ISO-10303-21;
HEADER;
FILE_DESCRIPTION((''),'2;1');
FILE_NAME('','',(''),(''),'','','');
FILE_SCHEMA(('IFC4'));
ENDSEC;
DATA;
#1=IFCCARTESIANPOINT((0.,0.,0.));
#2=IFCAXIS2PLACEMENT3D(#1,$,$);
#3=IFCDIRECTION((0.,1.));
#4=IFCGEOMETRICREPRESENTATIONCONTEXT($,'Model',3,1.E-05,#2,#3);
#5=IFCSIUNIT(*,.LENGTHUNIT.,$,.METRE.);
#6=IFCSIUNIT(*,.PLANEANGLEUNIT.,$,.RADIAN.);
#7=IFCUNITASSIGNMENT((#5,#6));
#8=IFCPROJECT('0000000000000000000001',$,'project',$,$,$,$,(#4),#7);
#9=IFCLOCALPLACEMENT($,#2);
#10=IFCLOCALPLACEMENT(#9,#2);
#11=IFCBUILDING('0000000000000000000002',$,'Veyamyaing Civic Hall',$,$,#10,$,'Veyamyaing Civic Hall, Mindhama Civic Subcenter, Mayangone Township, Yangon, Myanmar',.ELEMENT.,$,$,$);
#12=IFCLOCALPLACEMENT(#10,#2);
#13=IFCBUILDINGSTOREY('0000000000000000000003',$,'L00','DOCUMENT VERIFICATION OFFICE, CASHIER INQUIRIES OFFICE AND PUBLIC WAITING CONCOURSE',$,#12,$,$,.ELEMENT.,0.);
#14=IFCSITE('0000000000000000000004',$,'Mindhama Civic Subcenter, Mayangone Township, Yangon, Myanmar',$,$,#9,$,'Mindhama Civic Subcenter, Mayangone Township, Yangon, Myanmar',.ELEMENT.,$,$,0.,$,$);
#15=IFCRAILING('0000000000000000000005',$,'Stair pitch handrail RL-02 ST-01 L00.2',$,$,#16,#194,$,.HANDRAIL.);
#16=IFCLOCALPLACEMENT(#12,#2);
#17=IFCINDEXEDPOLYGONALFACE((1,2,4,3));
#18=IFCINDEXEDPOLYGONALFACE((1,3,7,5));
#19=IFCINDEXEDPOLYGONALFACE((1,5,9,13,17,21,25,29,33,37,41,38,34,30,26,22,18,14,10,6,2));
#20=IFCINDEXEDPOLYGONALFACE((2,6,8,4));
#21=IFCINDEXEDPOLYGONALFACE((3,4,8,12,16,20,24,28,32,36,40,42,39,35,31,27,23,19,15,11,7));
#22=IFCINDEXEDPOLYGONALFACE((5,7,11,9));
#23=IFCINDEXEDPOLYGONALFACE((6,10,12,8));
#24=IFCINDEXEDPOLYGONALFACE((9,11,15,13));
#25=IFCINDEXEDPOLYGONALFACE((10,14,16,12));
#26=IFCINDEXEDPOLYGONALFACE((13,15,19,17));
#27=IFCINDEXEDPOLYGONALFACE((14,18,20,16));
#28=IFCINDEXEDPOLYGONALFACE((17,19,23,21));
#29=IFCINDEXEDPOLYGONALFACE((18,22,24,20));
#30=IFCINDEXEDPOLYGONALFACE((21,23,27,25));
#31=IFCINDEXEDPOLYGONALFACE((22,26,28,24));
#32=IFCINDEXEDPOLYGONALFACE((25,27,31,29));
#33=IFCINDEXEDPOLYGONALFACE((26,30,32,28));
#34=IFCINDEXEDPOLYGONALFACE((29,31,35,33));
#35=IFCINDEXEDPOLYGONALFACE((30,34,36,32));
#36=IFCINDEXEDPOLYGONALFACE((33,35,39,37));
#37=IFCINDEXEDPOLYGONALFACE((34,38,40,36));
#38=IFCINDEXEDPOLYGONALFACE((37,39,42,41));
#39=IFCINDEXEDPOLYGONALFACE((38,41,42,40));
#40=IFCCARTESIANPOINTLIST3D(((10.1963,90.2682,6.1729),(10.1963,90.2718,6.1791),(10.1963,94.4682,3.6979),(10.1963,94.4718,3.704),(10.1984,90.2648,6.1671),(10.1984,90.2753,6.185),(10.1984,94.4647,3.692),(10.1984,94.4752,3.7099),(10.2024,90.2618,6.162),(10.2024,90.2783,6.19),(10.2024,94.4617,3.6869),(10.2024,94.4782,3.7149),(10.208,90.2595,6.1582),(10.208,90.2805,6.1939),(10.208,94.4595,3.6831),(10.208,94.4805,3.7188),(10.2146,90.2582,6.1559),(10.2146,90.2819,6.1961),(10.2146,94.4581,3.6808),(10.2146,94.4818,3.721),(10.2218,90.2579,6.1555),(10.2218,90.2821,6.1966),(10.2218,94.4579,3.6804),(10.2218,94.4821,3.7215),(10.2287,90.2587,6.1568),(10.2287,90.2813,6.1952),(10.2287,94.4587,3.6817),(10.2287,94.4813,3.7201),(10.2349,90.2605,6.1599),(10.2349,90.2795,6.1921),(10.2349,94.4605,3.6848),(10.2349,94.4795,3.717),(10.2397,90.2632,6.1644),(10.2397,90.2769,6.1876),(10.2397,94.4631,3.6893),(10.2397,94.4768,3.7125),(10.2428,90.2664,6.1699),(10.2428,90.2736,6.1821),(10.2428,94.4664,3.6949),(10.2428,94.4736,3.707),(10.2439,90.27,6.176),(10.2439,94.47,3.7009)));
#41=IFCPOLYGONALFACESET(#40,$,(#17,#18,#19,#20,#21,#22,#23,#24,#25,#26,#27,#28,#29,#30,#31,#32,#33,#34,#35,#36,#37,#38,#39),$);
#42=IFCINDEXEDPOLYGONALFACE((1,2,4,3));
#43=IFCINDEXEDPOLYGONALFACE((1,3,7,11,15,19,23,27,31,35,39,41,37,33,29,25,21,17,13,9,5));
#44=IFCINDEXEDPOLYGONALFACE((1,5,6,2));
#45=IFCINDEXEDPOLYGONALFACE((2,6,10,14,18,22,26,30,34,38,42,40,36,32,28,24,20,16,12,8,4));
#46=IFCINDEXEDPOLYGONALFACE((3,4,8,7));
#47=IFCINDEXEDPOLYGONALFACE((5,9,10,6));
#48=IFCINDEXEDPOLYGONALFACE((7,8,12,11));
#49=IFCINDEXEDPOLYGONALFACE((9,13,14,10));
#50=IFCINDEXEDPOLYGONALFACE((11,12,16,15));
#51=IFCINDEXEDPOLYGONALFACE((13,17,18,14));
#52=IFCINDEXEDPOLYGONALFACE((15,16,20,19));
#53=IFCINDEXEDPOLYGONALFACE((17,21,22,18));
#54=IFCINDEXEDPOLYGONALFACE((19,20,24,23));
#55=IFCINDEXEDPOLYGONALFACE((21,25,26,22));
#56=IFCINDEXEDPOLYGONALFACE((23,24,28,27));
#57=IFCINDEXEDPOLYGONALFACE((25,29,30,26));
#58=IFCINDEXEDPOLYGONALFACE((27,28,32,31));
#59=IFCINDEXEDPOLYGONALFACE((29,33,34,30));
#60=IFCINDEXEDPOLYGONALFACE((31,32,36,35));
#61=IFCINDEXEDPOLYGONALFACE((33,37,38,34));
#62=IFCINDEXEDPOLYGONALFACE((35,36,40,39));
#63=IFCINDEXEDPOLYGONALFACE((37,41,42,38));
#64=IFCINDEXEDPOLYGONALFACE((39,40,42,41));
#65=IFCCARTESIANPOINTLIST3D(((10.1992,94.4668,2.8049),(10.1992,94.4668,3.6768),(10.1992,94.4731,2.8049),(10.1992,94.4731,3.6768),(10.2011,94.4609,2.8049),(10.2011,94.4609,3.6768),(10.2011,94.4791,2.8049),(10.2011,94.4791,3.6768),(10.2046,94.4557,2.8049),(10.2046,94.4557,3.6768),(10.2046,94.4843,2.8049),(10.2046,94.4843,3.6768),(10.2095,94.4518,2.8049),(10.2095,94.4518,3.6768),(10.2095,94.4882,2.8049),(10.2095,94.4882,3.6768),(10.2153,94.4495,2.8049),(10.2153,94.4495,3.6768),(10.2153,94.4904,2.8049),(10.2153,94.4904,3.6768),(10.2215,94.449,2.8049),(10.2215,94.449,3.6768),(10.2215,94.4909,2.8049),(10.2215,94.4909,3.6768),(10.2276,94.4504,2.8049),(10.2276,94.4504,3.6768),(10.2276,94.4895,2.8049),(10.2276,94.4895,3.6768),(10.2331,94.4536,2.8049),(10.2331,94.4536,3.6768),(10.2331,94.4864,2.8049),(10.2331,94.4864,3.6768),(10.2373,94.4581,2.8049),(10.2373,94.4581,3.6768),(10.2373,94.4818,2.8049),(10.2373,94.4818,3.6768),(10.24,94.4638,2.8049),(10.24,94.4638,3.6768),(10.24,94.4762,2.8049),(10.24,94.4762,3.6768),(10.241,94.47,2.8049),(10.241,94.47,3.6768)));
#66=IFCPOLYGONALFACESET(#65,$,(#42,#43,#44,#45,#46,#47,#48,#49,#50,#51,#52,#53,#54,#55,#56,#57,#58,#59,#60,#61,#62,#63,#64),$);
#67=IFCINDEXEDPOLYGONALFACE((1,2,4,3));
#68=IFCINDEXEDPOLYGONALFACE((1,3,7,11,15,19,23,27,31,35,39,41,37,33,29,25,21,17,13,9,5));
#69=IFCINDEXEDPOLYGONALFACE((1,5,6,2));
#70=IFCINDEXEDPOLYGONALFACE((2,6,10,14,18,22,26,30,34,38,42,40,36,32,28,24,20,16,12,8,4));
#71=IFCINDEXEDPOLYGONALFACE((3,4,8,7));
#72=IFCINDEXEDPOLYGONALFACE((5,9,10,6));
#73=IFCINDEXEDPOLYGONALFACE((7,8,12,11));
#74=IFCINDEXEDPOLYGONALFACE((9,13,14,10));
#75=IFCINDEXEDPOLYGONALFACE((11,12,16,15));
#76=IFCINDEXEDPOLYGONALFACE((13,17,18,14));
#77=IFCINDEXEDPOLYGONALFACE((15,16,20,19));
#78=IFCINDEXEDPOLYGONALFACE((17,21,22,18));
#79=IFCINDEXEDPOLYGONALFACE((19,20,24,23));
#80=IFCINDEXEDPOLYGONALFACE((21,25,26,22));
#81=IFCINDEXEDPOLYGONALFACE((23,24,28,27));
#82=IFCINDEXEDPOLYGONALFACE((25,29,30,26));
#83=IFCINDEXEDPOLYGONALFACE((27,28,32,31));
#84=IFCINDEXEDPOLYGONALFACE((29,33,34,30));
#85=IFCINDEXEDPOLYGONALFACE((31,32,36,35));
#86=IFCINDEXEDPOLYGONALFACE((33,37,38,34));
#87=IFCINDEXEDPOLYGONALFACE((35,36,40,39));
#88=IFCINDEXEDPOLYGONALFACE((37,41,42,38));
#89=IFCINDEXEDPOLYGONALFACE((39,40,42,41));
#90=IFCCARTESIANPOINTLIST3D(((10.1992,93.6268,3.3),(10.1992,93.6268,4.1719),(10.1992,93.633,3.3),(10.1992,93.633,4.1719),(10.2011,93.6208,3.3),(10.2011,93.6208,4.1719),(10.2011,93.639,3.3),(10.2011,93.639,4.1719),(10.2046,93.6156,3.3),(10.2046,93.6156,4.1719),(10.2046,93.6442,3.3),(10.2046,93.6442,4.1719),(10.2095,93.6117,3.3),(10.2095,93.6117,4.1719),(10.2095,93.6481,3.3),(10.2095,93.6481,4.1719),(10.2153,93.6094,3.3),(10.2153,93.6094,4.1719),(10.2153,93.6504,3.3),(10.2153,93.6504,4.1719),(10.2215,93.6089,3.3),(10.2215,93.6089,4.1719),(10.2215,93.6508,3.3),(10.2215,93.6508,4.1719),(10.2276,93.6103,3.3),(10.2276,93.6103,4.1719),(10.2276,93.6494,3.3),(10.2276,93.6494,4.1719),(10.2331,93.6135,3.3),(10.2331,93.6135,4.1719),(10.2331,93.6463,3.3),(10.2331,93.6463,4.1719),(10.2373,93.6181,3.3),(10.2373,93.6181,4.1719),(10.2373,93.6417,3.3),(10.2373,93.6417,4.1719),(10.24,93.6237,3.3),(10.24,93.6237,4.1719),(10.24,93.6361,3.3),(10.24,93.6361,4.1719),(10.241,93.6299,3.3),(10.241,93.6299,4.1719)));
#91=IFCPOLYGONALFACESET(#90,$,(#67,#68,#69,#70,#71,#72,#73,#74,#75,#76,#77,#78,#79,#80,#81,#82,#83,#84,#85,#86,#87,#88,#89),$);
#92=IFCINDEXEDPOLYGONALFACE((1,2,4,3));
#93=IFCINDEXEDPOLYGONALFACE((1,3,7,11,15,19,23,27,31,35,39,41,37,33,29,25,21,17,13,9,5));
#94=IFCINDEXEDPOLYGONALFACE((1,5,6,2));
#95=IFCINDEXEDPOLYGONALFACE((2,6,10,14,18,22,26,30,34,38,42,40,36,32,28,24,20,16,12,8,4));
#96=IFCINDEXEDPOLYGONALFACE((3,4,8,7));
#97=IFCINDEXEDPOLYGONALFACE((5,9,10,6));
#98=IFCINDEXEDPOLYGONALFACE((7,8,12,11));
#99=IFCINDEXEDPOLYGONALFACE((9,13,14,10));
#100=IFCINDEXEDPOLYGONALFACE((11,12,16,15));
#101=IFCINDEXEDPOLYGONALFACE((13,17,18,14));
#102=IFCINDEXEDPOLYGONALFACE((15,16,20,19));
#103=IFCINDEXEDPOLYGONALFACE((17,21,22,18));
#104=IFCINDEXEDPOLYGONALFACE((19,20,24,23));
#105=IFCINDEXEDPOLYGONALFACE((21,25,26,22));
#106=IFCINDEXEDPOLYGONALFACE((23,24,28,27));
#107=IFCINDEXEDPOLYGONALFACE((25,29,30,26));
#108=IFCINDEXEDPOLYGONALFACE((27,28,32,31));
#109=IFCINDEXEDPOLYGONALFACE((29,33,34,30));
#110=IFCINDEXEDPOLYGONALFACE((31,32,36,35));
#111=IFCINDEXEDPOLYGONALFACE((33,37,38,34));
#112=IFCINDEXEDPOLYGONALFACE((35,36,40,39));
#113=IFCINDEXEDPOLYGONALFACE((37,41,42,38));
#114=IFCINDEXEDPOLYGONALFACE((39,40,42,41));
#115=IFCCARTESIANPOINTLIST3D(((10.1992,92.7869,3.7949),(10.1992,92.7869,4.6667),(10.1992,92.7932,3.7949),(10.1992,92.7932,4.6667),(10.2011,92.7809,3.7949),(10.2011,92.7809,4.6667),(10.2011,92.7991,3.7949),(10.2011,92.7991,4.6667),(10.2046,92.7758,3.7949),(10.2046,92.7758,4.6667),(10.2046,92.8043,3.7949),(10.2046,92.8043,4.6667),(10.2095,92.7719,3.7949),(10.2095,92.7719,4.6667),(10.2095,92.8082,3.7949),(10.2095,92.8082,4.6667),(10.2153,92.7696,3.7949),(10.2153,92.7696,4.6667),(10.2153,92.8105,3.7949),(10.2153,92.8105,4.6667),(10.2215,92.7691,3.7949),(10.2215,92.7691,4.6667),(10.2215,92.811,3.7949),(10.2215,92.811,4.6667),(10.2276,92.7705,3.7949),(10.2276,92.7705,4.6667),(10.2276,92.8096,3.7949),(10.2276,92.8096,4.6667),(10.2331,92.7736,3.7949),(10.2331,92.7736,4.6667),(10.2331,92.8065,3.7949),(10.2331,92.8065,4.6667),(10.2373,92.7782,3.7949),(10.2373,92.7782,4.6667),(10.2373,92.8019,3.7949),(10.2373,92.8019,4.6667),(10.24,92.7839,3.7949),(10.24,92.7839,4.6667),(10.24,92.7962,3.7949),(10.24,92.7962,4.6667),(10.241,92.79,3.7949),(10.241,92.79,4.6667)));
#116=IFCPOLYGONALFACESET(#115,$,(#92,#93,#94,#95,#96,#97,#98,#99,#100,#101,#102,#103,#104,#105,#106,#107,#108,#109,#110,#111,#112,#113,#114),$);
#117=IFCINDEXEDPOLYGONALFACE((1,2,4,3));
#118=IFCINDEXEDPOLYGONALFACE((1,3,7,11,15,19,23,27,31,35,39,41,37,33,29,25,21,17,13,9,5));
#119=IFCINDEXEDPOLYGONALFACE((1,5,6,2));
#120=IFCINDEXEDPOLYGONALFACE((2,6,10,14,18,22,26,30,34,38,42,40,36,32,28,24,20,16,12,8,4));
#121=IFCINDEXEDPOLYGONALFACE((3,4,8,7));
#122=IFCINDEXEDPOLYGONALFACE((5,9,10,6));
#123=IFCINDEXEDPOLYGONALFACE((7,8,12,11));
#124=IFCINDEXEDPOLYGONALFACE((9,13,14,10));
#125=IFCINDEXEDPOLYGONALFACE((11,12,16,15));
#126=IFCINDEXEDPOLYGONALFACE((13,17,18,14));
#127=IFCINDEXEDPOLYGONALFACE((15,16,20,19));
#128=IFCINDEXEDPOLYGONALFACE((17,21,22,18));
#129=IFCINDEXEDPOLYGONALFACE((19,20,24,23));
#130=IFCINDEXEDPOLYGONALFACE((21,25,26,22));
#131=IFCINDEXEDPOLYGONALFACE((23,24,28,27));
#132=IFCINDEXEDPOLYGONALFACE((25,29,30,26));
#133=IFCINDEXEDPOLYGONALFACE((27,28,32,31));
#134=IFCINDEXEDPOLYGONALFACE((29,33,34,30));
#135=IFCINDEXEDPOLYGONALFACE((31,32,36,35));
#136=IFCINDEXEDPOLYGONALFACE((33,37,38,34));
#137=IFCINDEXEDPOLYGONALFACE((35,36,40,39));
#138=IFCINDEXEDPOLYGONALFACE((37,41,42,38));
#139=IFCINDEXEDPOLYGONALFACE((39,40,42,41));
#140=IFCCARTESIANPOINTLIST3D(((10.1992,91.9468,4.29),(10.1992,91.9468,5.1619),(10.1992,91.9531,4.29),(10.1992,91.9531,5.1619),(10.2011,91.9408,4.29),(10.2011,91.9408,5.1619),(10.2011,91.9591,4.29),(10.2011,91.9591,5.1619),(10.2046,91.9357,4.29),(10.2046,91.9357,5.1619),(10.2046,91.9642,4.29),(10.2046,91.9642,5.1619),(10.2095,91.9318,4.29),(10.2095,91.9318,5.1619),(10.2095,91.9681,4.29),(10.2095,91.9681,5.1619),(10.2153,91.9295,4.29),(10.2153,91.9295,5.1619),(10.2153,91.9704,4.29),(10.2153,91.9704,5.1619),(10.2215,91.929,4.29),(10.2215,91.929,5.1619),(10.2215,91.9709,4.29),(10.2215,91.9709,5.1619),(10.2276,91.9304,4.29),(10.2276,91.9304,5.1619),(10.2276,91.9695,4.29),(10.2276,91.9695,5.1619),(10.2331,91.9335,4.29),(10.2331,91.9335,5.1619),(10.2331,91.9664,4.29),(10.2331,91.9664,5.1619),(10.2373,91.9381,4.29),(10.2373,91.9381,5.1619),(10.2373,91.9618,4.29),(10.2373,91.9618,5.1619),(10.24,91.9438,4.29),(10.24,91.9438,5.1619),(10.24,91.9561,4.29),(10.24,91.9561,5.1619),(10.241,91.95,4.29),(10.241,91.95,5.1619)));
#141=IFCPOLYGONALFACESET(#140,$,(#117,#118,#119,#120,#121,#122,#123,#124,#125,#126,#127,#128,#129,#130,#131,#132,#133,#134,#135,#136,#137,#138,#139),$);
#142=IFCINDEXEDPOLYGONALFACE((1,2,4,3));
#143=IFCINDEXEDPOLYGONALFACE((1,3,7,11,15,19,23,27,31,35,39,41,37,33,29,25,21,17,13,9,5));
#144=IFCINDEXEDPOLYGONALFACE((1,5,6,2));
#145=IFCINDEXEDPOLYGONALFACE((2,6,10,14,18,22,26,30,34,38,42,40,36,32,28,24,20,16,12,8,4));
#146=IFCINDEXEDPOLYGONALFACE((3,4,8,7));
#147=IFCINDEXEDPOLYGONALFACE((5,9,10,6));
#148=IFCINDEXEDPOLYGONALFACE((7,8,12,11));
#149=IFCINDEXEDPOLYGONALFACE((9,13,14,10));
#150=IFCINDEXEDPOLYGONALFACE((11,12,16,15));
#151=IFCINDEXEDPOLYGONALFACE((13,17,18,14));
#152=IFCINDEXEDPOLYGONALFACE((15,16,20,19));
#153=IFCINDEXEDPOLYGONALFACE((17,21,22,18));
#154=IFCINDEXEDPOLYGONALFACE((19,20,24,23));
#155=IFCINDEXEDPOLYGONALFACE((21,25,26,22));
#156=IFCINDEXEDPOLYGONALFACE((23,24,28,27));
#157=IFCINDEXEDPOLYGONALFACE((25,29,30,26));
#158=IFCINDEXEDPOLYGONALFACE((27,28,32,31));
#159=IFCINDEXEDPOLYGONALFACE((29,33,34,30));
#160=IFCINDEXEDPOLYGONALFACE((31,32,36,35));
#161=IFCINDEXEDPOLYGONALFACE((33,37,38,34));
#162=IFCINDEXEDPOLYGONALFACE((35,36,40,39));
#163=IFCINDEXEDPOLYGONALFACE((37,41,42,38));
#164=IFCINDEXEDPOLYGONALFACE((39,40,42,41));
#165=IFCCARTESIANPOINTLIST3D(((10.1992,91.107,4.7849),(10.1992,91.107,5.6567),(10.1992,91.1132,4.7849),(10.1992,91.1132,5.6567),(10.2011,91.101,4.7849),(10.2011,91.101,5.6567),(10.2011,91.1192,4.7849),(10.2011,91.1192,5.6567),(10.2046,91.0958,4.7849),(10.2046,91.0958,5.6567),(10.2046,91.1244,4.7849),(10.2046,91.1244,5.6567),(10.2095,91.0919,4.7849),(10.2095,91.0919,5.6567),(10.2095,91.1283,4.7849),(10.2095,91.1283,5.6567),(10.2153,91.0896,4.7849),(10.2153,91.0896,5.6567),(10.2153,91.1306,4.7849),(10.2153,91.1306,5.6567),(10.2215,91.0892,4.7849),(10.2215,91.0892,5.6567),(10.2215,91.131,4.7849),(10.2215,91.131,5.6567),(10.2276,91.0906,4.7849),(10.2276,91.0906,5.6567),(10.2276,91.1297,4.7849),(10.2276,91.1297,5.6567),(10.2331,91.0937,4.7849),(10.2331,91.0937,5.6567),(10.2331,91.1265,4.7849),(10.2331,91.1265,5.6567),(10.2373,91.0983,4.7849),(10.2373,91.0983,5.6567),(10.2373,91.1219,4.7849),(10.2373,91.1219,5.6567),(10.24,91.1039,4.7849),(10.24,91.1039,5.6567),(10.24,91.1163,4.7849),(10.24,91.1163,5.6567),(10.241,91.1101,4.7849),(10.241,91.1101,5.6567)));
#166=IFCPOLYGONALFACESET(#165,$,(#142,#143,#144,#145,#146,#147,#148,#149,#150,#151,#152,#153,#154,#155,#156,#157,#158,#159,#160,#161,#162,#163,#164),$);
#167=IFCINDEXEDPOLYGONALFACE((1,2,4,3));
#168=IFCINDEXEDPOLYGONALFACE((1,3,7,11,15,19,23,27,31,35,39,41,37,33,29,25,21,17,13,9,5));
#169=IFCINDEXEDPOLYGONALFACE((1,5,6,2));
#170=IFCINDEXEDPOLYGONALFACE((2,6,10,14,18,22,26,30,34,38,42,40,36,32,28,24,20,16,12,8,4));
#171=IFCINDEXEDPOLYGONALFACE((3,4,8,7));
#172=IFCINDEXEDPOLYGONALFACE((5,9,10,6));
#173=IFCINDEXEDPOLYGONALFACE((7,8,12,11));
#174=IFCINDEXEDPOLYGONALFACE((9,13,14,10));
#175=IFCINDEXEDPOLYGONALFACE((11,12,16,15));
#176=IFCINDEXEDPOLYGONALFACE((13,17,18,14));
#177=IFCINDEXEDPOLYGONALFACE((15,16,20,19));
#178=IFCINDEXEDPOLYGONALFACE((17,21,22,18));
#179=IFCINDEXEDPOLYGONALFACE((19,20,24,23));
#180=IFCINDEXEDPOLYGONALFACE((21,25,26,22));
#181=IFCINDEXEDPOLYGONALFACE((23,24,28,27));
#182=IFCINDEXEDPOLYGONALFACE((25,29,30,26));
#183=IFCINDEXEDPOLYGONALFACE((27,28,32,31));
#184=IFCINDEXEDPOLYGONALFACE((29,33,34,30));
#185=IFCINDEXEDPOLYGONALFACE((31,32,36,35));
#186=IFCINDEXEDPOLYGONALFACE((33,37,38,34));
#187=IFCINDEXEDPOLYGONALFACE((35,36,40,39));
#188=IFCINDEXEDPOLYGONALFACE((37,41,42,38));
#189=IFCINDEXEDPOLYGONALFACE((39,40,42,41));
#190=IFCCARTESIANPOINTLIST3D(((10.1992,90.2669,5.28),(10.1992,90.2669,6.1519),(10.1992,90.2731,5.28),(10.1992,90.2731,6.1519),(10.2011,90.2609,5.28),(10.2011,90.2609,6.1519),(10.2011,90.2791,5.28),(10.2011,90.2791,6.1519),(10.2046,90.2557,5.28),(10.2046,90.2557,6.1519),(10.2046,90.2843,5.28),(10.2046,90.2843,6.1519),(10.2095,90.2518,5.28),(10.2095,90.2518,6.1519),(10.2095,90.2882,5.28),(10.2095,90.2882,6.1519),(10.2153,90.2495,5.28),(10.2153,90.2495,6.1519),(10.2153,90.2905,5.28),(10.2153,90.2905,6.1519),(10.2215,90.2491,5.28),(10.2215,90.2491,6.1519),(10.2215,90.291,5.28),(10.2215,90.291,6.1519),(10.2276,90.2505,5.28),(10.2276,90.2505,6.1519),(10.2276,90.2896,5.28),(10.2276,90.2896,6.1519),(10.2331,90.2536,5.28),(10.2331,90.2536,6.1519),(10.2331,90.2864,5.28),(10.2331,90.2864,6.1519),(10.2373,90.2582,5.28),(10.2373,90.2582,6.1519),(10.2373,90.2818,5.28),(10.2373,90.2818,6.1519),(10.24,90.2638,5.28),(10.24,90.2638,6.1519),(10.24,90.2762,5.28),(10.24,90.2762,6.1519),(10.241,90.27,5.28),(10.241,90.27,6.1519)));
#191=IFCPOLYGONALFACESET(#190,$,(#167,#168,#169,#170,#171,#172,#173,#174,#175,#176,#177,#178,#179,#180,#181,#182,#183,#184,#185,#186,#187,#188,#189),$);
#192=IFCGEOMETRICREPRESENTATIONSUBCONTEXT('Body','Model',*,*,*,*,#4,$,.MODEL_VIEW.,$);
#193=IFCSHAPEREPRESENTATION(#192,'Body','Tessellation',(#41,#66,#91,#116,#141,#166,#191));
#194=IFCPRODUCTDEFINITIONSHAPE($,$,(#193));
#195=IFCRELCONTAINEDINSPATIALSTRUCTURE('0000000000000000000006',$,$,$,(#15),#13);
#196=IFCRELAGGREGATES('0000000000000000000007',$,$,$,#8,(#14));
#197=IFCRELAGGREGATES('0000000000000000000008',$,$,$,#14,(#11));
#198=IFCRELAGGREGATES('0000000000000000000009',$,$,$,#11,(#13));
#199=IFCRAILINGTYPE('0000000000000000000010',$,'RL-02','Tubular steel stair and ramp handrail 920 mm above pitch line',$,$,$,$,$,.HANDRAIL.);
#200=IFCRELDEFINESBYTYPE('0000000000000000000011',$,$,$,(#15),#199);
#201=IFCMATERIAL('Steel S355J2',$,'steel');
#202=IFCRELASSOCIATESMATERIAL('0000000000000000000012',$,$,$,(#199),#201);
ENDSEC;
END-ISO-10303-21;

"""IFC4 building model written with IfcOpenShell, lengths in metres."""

from ifc_helpers import new_model, si_unit, direction, frame, origin, origin_2d, place, context, subcontext, project, spatial, circle, extrude, material, type_object, element, save


model = new_model("IFC4")

# Units and contexts
model_context = context("Model", 3, precision=1e-05, world=origin(), true_north=direction((0.0, 1.0)))
body_context = subcontext(model_context, "Body", "Model", "MODEL_VIEW")
ifc_project = project(units=[si_unit("LENGTHUNIT", "METRE"), si_unit("PLANEANGLEUNIT", "RADIAN")], contexts=[model_context])

# Site, building, storey
site_placement = place(None, origin())
site = spatial("IfcSite", under=ifc_project, at=site_placement, Name="Mindhama Civic Subcenter, Mayangone Township, Yangon, Myanmar", LongName="Mindhama Civic Subcenter, Mayangone Township, Yangon, Myanmar", CompositionType="ELEMENT", RefElevation=0.0)
building_placement = place(site_placement, origin())
building = spatial("IfcBuilding", under=site, at=building_placement, Name="Veyamyaing Civic Hall", LongName="Veyamyaing Civic Hall, Mindhama Civic Subcenter, Mayangone Township, Yangon, Myanmar", CompositionType="ELEMENT")
storey_placement = place(building_placement, origin())
storey = spatial("IfcBuildingStorey", under=building, at=storey_placement, Name="L00", Description="DOCUMENT VERIFICATION OFFICE, CASHIER INQUIRIES OFFICE AND PUBLIC WAITING CONCOURSE", CompositionType="ELEMENT", Elevation=0.0)

# Railing
ifc_material_1 = material(Name="Steel S355J2", Category="steel")
railing_type_1 = type_object("IfcRailingType", Name="RL-02", Description="Tubular steel stair and ramp handrail 920 mm above pitch line", PredefinedType="HANDRAIL", material=ifc_material_1)
railing_1_placement = place(storey_placement, frame((10.22, 94.47, 2.8049)))
element("IfcRailing", 1, at=railing_1_placement, inside=storey, type_object=railing_type_1, Name="Stair pitch handrail RL-02 ST-01 L00.2", PredefinedType="HANDRAIL", context=body_context, shape_type="SweptSolid", body=[
    extrude(circle(Radius=0.0239, at=origin_2d()), frame((0.0, 0.0, 0.896), z_axis=(0.0, -0.861527, 0.507712), x_axis=(1.0, 0.0, 0.0)), (0.0, 0.0, 1.0), 4.875),
    extrude(circle(Radius=0.021, at=origin_2d()), origin(), (0.0, 0.0, 1.0), 0.8718),
    extrude(circle(Radius=0.021, at=origin_2d()), frame((0.0, -0.8401, 0.4951)), (0.0, 0.0, 1.0), 0.8718),
    extrude(circle(Radius=0.021, at=origin_2d()), frame((0.0, -1.6799, 0.99)), (0.0, 0.0, 1.0), 0.8718),
    extrude(circle(Radius=0.021, at=origin_2d()), frame((0.0, -2.52, 1.4851)), (0.0, 0.0, 1.0), 0.8718),
    extrude(circle(Radius=0.021, at=origin_2d()), frame((0.0, -3.3599, 1.98)), (0.0, 0.0, 1.0), 0.8718),
    extrude(circle(Radius=0.021, at=origin_2d()), frame((0.0, -4.2, 2.4751)), (0.0, 0.0, 1.0), 0.8718),
])

save(model, "model.ifc")
